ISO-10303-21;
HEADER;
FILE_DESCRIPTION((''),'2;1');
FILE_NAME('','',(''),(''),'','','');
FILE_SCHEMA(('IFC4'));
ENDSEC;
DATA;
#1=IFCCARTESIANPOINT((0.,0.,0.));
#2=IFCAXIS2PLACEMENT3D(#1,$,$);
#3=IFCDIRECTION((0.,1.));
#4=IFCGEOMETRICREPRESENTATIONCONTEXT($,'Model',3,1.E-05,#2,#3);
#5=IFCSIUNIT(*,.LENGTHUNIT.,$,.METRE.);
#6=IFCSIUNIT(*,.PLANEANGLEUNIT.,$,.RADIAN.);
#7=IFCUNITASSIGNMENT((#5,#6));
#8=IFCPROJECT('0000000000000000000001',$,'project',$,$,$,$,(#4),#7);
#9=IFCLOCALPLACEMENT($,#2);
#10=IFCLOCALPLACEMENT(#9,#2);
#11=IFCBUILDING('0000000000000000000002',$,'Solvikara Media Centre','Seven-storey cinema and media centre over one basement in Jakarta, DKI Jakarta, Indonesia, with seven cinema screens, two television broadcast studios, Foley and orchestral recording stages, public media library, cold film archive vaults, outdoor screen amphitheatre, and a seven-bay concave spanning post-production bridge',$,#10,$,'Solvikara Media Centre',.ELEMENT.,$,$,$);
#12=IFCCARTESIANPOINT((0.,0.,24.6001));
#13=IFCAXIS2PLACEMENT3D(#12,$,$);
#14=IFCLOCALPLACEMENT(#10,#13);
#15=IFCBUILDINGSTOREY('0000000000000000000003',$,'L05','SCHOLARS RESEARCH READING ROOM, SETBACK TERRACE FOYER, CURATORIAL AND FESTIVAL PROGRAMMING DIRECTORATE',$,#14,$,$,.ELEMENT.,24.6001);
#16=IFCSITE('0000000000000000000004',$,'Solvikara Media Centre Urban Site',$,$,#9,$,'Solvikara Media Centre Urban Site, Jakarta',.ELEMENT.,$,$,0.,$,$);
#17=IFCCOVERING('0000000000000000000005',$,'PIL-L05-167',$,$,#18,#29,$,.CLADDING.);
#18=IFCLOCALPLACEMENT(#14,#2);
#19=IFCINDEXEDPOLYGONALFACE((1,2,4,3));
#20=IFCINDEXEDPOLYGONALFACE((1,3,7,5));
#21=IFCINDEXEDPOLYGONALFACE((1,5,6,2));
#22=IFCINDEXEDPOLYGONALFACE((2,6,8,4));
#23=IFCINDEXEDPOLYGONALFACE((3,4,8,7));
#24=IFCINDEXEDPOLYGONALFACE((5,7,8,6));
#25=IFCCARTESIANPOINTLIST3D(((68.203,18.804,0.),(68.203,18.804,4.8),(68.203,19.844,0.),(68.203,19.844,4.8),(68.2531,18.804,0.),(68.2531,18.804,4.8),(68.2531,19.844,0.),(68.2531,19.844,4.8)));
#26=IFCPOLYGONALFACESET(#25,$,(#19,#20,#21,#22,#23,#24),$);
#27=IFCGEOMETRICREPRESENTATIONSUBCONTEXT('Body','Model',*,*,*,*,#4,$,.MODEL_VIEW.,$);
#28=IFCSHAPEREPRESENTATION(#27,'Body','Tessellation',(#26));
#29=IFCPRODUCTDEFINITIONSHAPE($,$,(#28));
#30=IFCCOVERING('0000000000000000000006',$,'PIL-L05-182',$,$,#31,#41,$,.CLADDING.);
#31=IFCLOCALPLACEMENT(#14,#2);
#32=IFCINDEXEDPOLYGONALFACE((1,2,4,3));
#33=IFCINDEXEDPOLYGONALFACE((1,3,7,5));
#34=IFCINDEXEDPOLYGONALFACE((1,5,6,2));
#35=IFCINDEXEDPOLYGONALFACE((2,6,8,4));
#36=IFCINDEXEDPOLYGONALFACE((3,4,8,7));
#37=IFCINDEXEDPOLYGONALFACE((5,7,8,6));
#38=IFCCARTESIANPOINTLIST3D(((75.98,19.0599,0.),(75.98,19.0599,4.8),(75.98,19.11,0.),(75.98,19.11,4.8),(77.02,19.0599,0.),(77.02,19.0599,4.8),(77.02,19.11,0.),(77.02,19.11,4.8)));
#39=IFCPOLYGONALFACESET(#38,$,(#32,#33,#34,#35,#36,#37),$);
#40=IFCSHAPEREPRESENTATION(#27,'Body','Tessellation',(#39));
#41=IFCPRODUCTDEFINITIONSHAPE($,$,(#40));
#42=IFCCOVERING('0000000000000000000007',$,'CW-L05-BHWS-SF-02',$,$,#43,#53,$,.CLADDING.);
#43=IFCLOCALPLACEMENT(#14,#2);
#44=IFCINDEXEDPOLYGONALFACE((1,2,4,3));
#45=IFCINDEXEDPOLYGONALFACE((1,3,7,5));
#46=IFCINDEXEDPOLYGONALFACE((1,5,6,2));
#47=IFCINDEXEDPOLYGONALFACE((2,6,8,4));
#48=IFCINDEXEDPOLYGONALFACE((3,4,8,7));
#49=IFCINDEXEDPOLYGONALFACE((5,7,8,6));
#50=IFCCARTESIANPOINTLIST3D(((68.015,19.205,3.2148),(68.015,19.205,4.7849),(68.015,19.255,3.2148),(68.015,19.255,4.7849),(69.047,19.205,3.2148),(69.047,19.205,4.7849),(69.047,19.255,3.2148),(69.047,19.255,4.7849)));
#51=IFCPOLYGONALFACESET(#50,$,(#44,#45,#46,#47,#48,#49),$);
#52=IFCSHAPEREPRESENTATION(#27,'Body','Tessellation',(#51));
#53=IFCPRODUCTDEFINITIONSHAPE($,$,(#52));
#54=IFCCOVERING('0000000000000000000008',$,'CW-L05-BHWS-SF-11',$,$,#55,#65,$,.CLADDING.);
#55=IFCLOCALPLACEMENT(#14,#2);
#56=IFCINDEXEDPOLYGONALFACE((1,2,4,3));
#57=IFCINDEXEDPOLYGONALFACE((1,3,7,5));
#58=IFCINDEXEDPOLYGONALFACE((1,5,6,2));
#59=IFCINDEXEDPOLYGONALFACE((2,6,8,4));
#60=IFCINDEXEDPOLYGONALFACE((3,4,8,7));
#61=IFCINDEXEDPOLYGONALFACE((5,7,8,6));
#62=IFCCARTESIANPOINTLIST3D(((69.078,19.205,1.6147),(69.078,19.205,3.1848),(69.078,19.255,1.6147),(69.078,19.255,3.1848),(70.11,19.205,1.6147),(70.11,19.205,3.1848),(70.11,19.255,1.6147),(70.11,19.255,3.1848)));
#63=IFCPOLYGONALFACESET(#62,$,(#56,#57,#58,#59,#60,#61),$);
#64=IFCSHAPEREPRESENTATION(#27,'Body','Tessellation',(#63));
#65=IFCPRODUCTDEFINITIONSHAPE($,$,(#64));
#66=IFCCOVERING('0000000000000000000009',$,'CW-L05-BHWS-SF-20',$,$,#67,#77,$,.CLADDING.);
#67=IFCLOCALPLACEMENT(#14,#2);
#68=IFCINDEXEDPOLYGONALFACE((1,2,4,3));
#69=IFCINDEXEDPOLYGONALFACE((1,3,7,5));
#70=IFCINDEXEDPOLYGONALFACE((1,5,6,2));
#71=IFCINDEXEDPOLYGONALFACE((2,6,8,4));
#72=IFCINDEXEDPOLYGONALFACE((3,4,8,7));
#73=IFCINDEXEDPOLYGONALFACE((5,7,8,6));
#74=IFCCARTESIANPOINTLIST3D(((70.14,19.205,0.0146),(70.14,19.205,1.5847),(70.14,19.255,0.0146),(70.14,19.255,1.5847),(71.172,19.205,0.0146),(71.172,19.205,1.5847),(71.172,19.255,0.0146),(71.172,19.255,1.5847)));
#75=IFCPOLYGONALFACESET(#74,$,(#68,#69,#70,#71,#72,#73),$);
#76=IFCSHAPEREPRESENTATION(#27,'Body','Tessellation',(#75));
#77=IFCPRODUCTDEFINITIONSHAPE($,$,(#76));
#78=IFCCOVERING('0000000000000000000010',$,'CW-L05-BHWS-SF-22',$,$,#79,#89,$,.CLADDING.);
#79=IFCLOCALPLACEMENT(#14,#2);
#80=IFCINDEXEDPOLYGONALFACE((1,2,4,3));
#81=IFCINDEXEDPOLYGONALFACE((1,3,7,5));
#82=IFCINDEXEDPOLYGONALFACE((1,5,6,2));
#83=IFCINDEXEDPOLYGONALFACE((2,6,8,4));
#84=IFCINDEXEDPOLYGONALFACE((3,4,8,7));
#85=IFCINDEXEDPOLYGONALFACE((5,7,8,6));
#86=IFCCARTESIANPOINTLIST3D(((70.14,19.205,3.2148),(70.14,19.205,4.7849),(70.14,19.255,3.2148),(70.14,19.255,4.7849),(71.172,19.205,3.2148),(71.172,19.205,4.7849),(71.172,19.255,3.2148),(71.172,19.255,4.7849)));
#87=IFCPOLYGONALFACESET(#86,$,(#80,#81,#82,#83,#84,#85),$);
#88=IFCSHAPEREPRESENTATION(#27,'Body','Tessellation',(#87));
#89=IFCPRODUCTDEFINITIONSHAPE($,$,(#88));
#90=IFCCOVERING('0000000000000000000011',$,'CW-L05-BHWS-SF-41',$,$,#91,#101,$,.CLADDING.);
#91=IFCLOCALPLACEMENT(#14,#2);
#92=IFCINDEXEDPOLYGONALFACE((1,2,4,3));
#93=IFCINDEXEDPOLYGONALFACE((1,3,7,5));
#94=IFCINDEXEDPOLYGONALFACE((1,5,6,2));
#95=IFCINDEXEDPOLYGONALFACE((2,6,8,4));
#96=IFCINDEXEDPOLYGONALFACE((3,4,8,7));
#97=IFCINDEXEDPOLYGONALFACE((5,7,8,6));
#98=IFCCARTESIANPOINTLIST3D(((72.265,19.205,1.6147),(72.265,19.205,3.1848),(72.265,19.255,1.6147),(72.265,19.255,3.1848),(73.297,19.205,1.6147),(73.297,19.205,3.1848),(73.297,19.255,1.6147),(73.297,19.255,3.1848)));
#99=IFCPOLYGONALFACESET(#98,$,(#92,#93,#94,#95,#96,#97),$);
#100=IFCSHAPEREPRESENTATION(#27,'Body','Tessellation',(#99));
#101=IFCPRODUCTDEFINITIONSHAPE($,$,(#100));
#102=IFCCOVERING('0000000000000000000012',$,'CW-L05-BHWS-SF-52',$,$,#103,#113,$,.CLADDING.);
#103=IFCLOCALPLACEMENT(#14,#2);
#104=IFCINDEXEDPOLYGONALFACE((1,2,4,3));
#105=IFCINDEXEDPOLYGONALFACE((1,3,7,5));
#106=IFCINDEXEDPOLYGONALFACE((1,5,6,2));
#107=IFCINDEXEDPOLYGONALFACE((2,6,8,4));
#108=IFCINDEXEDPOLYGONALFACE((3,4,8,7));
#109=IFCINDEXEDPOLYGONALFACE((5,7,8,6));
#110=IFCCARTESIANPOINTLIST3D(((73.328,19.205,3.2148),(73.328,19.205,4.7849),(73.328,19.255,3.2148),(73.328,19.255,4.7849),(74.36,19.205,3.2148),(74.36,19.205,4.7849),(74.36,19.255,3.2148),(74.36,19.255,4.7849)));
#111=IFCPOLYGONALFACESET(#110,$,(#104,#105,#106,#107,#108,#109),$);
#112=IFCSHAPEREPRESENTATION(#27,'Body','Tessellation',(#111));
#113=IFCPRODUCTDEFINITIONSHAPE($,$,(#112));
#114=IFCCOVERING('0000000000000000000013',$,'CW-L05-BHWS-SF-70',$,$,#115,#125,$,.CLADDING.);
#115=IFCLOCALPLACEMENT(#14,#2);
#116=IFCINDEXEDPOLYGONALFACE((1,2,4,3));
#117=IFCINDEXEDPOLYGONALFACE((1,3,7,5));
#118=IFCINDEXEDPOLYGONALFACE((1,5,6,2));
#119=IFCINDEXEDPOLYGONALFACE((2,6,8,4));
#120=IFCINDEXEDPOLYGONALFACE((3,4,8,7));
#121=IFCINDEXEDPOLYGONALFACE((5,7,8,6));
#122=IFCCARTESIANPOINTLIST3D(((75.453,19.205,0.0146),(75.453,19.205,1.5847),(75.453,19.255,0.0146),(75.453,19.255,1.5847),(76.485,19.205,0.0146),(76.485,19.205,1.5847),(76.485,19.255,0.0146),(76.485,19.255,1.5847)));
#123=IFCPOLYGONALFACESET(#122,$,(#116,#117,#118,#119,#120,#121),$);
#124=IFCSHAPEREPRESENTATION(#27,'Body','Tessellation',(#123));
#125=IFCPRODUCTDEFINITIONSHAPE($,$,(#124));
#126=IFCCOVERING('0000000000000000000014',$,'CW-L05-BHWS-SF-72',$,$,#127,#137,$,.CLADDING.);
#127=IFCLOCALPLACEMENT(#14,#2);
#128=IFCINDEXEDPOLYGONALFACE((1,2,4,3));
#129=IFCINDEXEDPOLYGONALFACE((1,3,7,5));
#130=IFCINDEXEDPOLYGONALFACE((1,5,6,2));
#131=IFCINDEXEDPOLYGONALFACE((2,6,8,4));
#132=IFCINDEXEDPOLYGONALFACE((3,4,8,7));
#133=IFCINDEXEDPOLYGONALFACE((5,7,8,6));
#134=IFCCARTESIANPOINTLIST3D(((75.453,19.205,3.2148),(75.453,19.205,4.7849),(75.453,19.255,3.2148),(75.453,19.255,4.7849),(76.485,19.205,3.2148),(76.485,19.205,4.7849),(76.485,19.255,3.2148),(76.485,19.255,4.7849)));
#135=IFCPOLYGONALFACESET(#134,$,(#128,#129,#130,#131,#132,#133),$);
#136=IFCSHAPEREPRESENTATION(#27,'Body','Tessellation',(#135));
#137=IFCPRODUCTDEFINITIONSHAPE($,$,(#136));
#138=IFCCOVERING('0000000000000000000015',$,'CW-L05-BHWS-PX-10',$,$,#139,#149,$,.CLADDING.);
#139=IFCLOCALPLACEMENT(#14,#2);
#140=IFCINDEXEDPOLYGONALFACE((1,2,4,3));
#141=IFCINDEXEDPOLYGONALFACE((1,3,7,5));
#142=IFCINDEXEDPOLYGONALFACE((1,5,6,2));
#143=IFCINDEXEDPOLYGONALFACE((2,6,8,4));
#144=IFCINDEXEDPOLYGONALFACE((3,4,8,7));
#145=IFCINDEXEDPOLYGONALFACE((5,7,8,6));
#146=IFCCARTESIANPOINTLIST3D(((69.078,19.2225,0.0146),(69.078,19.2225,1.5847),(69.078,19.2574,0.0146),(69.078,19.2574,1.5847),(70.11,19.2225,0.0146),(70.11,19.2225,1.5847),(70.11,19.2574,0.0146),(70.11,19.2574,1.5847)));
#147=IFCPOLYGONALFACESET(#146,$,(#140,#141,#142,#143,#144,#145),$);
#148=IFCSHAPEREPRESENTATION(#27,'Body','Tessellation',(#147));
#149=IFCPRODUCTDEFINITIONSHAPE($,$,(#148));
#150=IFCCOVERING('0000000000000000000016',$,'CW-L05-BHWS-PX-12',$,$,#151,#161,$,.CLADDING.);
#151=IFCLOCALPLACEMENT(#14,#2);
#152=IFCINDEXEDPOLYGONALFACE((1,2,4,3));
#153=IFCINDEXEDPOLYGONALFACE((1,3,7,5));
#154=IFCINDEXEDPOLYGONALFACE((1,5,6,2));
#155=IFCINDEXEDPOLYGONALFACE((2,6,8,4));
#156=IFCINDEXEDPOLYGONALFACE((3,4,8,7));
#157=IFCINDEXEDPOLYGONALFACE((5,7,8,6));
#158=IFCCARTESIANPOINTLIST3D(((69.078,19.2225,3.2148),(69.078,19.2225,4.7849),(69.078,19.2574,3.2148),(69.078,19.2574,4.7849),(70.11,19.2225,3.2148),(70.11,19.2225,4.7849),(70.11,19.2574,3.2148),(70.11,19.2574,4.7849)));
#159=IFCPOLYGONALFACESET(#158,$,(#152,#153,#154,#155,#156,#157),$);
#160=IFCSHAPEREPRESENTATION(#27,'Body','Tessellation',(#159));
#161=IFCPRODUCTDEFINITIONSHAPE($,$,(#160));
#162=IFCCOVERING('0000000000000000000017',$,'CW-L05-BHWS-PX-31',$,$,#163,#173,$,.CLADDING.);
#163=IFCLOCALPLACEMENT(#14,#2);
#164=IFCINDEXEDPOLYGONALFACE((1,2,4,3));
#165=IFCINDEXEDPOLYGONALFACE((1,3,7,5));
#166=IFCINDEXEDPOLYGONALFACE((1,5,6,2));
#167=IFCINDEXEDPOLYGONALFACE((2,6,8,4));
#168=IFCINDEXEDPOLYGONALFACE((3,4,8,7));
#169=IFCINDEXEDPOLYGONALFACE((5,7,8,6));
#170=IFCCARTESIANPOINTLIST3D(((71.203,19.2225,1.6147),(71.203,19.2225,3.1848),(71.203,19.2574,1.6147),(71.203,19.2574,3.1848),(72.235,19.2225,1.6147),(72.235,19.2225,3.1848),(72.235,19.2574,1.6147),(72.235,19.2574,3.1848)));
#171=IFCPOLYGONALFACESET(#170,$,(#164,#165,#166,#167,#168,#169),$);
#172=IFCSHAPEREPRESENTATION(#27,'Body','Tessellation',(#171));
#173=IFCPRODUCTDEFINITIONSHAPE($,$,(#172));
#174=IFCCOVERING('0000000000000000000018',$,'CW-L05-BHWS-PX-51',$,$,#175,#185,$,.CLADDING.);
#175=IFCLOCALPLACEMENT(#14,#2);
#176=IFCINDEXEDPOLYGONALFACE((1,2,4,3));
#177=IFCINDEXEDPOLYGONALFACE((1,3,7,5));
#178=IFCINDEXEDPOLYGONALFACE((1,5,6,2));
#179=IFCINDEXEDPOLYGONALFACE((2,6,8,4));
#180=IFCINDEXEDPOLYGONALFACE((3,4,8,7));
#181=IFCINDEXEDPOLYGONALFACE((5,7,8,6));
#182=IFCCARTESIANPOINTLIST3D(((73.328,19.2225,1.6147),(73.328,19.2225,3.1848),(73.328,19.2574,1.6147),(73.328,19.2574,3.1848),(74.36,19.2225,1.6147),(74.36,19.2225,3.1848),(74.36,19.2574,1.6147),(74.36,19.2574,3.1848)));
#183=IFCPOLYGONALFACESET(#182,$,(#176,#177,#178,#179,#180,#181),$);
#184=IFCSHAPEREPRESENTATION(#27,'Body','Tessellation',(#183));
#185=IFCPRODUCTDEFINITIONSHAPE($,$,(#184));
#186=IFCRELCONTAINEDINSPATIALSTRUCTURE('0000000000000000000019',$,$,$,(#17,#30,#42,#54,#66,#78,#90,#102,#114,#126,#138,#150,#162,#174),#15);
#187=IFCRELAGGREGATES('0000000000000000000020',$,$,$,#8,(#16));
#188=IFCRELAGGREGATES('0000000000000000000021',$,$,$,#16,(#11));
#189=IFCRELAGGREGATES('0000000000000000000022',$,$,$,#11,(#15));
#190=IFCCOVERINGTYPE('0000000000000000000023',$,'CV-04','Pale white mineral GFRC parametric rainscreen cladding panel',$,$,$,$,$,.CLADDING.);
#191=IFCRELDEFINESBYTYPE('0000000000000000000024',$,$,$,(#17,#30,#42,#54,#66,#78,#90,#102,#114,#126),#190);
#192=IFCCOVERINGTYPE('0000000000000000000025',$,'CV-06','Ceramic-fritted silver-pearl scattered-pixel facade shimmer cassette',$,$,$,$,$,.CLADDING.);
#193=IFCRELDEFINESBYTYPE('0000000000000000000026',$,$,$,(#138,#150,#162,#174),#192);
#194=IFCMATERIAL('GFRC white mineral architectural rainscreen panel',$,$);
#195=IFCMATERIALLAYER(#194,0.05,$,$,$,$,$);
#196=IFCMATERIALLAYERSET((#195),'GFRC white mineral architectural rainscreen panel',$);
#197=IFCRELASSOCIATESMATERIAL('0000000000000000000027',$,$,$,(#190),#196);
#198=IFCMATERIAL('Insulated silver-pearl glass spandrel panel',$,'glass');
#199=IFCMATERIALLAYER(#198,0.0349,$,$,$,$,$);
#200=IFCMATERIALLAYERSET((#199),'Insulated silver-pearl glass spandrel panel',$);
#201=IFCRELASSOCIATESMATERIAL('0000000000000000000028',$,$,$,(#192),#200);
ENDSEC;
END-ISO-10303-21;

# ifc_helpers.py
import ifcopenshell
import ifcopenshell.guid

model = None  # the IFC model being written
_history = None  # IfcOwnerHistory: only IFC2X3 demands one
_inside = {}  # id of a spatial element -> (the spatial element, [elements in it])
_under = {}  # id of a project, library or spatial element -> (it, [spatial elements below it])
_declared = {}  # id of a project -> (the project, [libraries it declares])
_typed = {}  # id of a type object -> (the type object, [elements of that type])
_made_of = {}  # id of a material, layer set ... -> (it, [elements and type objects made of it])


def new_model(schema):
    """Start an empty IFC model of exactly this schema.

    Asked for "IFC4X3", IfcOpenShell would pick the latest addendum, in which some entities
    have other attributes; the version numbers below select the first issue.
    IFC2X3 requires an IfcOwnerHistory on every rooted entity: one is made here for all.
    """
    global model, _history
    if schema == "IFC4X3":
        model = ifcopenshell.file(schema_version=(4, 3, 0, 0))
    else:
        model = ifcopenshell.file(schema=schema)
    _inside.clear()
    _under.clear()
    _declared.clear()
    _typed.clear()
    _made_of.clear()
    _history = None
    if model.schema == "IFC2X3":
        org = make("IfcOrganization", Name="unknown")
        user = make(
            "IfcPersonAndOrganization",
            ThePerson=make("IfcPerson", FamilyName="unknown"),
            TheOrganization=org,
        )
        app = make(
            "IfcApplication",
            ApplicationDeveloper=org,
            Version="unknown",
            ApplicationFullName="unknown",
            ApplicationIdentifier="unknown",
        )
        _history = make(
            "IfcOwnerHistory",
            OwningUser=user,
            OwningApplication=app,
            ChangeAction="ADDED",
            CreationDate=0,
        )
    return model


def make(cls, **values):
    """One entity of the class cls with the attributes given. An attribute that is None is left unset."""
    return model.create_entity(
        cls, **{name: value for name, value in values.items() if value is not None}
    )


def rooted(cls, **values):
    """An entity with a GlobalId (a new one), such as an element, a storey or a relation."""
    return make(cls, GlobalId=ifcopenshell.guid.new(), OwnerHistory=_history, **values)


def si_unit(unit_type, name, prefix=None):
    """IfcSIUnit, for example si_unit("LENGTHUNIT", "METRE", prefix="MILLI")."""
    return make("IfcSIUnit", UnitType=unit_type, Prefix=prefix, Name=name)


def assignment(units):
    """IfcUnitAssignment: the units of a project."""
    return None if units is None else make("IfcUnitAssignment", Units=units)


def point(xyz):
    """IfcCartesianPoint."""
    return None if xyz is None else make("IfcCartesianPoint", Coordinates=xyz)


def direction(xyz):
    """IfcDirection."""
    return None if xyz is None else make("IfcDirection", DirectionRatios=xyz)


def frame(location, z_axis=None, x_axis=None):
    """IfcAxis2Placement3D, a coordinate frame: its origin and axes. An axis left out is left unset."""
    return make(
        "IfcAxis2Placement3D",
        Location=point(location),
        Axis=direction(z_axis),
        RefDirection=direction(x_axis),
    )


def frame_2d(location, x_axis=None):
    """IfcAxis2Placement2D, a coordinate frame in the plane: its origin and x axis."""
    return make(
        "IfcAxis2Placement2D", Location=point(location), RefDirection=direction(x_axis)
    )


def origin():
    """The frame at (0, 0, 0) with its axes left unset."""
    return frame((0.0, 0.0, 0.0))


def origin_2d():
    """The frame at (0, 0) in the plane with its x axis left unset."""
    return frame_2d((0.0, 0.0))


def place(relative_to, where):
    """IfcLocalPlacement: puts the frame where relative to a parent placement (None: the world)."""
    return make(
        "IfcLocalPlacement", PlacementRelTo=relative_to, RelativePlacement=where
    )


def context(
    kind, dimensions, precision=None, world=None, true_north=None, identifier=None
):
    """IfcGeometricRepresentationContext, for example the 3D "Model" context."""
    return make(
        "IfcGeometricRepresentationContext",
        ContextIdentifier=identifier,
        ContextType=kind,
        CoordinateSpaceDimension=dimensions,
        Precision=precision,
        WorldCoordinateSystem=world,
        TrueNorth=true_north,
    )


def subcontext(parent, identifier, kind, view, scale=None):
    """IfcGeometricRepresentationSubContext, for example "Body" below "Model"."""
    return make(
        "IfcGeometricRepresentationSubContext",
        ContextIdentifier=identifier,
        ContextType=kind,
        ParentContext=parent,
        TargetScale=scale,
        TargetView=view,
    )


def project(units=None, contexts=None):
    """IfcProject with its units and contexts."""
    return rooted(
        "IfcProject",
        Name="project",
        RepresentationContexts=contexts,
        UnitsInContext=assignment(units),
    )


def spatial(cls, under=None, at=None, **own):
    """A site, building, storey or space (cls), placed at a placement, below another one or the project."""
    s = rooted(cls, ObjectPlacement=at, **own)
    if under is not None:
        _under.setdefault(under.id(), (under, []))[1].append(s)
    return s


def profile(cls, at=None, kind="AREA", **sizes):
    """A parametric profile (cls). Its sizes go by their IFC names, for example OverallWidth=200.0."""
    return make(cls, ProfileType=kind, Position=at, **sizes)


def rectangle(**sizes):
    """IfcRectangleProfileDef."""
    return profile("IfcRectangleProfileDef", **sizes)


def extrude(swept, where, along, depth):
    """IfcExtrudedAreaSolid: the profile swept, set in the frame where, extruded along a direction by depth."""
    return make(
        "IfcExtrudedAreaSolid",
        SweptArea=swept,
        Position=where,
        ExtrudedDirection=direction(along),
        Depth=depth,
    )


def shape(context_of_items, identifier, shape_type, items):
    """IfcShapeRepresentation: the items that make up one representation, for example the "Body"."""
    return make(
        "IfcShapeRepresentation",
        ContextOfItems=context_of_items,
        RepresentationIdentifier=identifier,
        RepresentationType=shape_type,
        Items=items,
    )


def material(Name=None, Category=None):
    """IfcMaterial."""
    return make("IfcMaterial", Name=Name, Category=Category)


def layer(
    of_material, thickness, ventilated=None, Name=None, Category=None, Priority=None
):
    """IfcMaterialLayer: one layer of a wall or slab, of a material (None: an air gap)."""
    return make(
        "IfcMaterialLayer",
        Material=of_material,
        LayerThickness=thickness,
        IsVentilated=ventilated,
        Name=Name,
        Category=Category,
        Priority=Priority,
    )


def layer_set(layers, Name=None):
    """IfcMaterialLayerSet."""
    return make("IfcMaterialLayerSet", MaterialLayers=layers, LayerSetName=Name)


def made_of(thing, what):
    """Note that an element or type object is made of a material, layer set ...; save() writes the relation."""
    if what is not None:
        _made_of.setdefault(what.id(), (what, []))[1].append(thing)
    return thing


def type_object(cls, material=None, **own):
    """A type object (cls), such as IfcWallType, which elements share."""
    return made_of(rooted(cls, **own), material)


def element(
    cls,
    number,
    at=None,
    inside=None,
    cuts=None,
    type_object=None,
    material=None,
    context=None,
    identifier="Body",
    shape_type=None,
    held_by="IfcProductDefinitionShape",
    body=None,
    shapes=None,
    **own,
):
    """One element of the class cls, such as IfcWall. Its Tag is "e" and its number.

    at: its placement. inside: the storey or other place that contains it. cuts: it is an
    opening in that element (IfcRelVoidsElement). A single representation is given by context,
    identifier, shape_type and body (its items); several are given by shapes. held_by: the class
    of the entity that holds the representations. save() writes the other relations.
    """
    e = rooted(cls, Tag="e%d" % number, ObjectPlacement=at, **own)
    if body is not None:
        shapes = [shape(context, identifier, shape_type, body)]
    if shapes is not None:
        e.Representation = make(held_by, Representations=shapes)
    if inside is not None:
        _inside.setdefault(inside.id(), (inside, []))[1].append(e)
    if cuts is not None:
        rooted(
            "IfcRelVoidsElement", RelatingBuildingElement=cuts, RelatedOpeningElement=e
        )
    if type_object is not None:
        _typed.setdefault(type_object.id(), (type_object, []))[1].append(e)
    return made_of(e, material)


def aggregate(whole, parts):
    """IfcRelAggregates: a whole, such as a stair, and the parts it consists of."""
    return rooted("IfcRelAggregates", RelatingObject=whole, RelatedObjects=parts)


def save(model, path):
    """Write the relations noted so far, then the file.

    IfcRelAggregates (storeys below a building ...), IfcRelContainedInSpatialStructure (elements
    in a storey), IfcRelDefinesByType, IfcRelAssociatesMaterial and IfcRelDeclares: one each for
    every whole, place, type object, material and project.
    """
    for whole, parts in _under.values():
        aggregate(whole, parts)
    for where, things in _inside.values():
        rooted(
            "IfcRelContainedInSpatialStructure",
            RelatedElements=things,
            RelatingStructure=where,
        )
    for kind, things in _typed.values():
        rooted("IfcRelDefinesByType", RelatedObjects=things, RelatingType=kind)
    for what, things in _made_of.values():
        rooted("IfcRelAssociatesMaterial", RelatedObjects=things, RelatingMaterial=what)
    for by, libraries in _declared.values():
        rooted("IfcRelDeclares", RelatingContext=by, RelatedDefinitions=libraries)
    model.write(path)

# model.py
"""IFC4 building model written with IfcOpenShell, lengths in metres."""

from ifc_helpers import new_model, si_unit, direction, frame, origin, origin_2d, place, context, subcontext, project, spatial, rectangle, extrude, material, layer, layer_set, type_object, element, save


model = new_model("IFC4")

# Units and contexts
model_context = context("Model", 3, precision=1e-05, world=origin(), true_north=direction((0.0, 1.0)))
body_context = subcontext(model_context, "Body", "Model", "MODEL_VIEW")
ifc_project = project(units=[si_unit("LENGTHUNIT", "METRE"), si_unit("PLANEANGLEUNIT", "RADIAN")], contexts=[model_context])

# Site, building, storey
site_placement = place(None, origin())
site = spatial("IfcSite", under=ifc_project, at=site_placement, Name="Solvikara Media Centre Urban Site", LongName="Solvikara Media Centre Urban Site, Jakarta", CompositionType="ELEMENT", RefElevation=0.0)
building_placement = place(site_placement, origin())
building = spatial("IfcBuilding", under=site, at=building_placement, Name="Solvikara Media Centre", Description="Seven-storey cinema and media centre over one basement in Jakarta, DKI Jakarta, Indonesia, with seven cinema screens, two television broadcast studios, Foley and orchestral recording stages, public media library, cold film archive vaults, outdoor screen amphitheatre, and a seven-bay concave spanning post-production bridge", LongName="Solvikara Media Centre", CompositionType="ELEMENT")
storey_placement = place(building_placement, frame((0.0, 0.0, 24.6001)))
storey = spatial("IfcBuildingStorey", under=building, at=storey_placement, Name="L05", Description="SCHOLARS RESEARCH READING ROOM, SETBACK TERRACE FOYER, CURATORIAL AND FESTIVAL PROGRAMMING DIRECTORATE", CompositionType="ELEMENT", Elevation=24.6001)

# Shared definitions
ifc_material_1 = material(Name="Insulated silver-pearl glass spandrel panel", Category="glass")

# Coverings
ifc_material_2 = material(Name="GFRC white mineral architectural rainscreen panel")
ifc_layer_1 = layer(ifc_material_2, 0.05)
ifc_layer_set_1 = layer_set([ifc_layer_1], Name="GFRC white mineral architectural rainscreen panel")
covering_type_1 = type_object("IfcCoveringType", Name="CV-04", Description="Pale white mineral GFRC parametric rainscreen cladding panel", PredefinedType="CLADDING", material=ifc_layer_set_1)
for number, where, z_axis, x_axis, name in (
    (1, (68.228, 19.324, 0.0), (0.0, 0.0, 1.0), (0.0, 1.0, 0.0), "PIL-L05-167"),
    (2, (76.5, 19.085, 0.0), (0.0, 0.0, 1.0), (1.0, 0.0, 0.0), "PIL-L05-182"),
):
    element("IfcCovering", number, at=place(storey_placement, frame(where, z_axis=z_axis, x_axis=x_axis)), inside=storey, type_object=covering_type_1, Name=name, PredefinedType="CLADDING", context=body_context, shape_type="SweptSolid", body=[
        extrude(rectangle(XDim=1.04, YDim=0.05, at=origin_2d()), origin(), (0.0, 0.0, 1.0), 4.8),
    ])
for number, where, z_axis, x_axis, name in (
    (3, (68.531, 19.23, 3.2148), (0.0, 0.0, 1.0), (1.0, 0.0, 0.0), "CW-L05-BHWS-SF-02"),
    (4, (69.594, 19.23, 1.6147), (0.0, 0.0, 1.0), (1.0, 0.0, 0.0), "CW-L05-BHWS-SF-11"),
    (5, (70.656, 19.23, 0.0146), (0.0, 0.0, 1.0), (1.0, 0.0, 0.0), "CW-L05-BHWS-SF-20"),
    (6, (70.656, 19.23, 3.2148), (0.0, 0.0, 1.0), (1.0, 0.0, 0.0), "CW-L05-BHWS-SF-22"),
    (7, (72.781, 19.23, 1.6147), (0.0, 0.0, 1.0), (1.0, 0.0, 0.0), "CW-L05-BHWS-SF-41"),
    (8, (73.844, 19.23, 3.2148), (0.0, 0.0, 1.0), (1.0, 0.0, 0.0), "CW-L05-BHWS-SF-52"),
    (9, (75.969, 19.23, 0.0146), (0.0, 0.0, 1.0), (1.0, 0.0, 0.0), "CW-L05-BHWS-SF-70"),
    (10, (75.969, 19.23, 3.2148), (0.0, 0.0, 1.0), (1.0, 0.0, 0.0), "CW-L05-BHWS-SF-72"),
):
    element("IfcCovering", number, at=place(storey_placement, frame(where, z_axis=z_axis, x_axis=x_axis)), inside=storey, type_object=covering_type_1, Name=name, PredefinedType="CLADDING", context=body_context, shape_type="SweptSolid", body=[
        extrude(rectangle(XDim=1.032, YDim=0.05, at=origin_2d()), origin(), (0.0, 0.0, 1.0), 1.5701),
    ])
ifc_layer_2 = layer(ifc_material_1, 0.0349)
ifc_layer_set_2 = layer_set([ifc_layer_2], Name="Insulated silver-pearl glass spandrel panel")
covering_type_2 = type_object("IfcCoveringType", Name="CV-06", Description="Ceramic-fritted silver-pearl scattered-pixel facade shimmer cassette", PredefinedType="CLADDING", material=ifc_layer_set_2)
for number, where, z_axis, x_axis, name in (
    (11, (69.594, 19.24, 0.0146), (0.0, 0.0, 1.0), (1.0, 0.0, 0.0), "CW-L05-BHWS-PX-10"),
    (12, (69.594, 19.24, 3.2148), (0.0, 0.0, 1.0), (1.0, 0.0, 0.0), "CW-L05-BHWS-PX-12"),
    (13, (71.719, 19.24, 1.6147), (0.0, 0.0, 1.0), (1.0, 0.0, 0.0), "CW-L05-BHWS-PX-31"),
    (14, (73.844, 19.24, 1.6147), (0.0, 0.0, 1.0), (1.0, 0.0, 0.0), "CW-L05-BHWS-PX-51"),
):
    element("IfcCovering", number, at=place(storey_placement, frame(where, z_axis=z_axis, x_axis=x_axis)), inside=storey, type_object=covering_type_2, Name=name, PredefinedType="CLADDING", context=body_context, shape_type="SweptSolid", body=[
        extrude(rectangle(XDim=1.032, YDim=0.0349, at=origin_2d()), origin(), (0.0, 0.0, 1.0), 1.5701),
    ])

save(model, "model.ifc")
